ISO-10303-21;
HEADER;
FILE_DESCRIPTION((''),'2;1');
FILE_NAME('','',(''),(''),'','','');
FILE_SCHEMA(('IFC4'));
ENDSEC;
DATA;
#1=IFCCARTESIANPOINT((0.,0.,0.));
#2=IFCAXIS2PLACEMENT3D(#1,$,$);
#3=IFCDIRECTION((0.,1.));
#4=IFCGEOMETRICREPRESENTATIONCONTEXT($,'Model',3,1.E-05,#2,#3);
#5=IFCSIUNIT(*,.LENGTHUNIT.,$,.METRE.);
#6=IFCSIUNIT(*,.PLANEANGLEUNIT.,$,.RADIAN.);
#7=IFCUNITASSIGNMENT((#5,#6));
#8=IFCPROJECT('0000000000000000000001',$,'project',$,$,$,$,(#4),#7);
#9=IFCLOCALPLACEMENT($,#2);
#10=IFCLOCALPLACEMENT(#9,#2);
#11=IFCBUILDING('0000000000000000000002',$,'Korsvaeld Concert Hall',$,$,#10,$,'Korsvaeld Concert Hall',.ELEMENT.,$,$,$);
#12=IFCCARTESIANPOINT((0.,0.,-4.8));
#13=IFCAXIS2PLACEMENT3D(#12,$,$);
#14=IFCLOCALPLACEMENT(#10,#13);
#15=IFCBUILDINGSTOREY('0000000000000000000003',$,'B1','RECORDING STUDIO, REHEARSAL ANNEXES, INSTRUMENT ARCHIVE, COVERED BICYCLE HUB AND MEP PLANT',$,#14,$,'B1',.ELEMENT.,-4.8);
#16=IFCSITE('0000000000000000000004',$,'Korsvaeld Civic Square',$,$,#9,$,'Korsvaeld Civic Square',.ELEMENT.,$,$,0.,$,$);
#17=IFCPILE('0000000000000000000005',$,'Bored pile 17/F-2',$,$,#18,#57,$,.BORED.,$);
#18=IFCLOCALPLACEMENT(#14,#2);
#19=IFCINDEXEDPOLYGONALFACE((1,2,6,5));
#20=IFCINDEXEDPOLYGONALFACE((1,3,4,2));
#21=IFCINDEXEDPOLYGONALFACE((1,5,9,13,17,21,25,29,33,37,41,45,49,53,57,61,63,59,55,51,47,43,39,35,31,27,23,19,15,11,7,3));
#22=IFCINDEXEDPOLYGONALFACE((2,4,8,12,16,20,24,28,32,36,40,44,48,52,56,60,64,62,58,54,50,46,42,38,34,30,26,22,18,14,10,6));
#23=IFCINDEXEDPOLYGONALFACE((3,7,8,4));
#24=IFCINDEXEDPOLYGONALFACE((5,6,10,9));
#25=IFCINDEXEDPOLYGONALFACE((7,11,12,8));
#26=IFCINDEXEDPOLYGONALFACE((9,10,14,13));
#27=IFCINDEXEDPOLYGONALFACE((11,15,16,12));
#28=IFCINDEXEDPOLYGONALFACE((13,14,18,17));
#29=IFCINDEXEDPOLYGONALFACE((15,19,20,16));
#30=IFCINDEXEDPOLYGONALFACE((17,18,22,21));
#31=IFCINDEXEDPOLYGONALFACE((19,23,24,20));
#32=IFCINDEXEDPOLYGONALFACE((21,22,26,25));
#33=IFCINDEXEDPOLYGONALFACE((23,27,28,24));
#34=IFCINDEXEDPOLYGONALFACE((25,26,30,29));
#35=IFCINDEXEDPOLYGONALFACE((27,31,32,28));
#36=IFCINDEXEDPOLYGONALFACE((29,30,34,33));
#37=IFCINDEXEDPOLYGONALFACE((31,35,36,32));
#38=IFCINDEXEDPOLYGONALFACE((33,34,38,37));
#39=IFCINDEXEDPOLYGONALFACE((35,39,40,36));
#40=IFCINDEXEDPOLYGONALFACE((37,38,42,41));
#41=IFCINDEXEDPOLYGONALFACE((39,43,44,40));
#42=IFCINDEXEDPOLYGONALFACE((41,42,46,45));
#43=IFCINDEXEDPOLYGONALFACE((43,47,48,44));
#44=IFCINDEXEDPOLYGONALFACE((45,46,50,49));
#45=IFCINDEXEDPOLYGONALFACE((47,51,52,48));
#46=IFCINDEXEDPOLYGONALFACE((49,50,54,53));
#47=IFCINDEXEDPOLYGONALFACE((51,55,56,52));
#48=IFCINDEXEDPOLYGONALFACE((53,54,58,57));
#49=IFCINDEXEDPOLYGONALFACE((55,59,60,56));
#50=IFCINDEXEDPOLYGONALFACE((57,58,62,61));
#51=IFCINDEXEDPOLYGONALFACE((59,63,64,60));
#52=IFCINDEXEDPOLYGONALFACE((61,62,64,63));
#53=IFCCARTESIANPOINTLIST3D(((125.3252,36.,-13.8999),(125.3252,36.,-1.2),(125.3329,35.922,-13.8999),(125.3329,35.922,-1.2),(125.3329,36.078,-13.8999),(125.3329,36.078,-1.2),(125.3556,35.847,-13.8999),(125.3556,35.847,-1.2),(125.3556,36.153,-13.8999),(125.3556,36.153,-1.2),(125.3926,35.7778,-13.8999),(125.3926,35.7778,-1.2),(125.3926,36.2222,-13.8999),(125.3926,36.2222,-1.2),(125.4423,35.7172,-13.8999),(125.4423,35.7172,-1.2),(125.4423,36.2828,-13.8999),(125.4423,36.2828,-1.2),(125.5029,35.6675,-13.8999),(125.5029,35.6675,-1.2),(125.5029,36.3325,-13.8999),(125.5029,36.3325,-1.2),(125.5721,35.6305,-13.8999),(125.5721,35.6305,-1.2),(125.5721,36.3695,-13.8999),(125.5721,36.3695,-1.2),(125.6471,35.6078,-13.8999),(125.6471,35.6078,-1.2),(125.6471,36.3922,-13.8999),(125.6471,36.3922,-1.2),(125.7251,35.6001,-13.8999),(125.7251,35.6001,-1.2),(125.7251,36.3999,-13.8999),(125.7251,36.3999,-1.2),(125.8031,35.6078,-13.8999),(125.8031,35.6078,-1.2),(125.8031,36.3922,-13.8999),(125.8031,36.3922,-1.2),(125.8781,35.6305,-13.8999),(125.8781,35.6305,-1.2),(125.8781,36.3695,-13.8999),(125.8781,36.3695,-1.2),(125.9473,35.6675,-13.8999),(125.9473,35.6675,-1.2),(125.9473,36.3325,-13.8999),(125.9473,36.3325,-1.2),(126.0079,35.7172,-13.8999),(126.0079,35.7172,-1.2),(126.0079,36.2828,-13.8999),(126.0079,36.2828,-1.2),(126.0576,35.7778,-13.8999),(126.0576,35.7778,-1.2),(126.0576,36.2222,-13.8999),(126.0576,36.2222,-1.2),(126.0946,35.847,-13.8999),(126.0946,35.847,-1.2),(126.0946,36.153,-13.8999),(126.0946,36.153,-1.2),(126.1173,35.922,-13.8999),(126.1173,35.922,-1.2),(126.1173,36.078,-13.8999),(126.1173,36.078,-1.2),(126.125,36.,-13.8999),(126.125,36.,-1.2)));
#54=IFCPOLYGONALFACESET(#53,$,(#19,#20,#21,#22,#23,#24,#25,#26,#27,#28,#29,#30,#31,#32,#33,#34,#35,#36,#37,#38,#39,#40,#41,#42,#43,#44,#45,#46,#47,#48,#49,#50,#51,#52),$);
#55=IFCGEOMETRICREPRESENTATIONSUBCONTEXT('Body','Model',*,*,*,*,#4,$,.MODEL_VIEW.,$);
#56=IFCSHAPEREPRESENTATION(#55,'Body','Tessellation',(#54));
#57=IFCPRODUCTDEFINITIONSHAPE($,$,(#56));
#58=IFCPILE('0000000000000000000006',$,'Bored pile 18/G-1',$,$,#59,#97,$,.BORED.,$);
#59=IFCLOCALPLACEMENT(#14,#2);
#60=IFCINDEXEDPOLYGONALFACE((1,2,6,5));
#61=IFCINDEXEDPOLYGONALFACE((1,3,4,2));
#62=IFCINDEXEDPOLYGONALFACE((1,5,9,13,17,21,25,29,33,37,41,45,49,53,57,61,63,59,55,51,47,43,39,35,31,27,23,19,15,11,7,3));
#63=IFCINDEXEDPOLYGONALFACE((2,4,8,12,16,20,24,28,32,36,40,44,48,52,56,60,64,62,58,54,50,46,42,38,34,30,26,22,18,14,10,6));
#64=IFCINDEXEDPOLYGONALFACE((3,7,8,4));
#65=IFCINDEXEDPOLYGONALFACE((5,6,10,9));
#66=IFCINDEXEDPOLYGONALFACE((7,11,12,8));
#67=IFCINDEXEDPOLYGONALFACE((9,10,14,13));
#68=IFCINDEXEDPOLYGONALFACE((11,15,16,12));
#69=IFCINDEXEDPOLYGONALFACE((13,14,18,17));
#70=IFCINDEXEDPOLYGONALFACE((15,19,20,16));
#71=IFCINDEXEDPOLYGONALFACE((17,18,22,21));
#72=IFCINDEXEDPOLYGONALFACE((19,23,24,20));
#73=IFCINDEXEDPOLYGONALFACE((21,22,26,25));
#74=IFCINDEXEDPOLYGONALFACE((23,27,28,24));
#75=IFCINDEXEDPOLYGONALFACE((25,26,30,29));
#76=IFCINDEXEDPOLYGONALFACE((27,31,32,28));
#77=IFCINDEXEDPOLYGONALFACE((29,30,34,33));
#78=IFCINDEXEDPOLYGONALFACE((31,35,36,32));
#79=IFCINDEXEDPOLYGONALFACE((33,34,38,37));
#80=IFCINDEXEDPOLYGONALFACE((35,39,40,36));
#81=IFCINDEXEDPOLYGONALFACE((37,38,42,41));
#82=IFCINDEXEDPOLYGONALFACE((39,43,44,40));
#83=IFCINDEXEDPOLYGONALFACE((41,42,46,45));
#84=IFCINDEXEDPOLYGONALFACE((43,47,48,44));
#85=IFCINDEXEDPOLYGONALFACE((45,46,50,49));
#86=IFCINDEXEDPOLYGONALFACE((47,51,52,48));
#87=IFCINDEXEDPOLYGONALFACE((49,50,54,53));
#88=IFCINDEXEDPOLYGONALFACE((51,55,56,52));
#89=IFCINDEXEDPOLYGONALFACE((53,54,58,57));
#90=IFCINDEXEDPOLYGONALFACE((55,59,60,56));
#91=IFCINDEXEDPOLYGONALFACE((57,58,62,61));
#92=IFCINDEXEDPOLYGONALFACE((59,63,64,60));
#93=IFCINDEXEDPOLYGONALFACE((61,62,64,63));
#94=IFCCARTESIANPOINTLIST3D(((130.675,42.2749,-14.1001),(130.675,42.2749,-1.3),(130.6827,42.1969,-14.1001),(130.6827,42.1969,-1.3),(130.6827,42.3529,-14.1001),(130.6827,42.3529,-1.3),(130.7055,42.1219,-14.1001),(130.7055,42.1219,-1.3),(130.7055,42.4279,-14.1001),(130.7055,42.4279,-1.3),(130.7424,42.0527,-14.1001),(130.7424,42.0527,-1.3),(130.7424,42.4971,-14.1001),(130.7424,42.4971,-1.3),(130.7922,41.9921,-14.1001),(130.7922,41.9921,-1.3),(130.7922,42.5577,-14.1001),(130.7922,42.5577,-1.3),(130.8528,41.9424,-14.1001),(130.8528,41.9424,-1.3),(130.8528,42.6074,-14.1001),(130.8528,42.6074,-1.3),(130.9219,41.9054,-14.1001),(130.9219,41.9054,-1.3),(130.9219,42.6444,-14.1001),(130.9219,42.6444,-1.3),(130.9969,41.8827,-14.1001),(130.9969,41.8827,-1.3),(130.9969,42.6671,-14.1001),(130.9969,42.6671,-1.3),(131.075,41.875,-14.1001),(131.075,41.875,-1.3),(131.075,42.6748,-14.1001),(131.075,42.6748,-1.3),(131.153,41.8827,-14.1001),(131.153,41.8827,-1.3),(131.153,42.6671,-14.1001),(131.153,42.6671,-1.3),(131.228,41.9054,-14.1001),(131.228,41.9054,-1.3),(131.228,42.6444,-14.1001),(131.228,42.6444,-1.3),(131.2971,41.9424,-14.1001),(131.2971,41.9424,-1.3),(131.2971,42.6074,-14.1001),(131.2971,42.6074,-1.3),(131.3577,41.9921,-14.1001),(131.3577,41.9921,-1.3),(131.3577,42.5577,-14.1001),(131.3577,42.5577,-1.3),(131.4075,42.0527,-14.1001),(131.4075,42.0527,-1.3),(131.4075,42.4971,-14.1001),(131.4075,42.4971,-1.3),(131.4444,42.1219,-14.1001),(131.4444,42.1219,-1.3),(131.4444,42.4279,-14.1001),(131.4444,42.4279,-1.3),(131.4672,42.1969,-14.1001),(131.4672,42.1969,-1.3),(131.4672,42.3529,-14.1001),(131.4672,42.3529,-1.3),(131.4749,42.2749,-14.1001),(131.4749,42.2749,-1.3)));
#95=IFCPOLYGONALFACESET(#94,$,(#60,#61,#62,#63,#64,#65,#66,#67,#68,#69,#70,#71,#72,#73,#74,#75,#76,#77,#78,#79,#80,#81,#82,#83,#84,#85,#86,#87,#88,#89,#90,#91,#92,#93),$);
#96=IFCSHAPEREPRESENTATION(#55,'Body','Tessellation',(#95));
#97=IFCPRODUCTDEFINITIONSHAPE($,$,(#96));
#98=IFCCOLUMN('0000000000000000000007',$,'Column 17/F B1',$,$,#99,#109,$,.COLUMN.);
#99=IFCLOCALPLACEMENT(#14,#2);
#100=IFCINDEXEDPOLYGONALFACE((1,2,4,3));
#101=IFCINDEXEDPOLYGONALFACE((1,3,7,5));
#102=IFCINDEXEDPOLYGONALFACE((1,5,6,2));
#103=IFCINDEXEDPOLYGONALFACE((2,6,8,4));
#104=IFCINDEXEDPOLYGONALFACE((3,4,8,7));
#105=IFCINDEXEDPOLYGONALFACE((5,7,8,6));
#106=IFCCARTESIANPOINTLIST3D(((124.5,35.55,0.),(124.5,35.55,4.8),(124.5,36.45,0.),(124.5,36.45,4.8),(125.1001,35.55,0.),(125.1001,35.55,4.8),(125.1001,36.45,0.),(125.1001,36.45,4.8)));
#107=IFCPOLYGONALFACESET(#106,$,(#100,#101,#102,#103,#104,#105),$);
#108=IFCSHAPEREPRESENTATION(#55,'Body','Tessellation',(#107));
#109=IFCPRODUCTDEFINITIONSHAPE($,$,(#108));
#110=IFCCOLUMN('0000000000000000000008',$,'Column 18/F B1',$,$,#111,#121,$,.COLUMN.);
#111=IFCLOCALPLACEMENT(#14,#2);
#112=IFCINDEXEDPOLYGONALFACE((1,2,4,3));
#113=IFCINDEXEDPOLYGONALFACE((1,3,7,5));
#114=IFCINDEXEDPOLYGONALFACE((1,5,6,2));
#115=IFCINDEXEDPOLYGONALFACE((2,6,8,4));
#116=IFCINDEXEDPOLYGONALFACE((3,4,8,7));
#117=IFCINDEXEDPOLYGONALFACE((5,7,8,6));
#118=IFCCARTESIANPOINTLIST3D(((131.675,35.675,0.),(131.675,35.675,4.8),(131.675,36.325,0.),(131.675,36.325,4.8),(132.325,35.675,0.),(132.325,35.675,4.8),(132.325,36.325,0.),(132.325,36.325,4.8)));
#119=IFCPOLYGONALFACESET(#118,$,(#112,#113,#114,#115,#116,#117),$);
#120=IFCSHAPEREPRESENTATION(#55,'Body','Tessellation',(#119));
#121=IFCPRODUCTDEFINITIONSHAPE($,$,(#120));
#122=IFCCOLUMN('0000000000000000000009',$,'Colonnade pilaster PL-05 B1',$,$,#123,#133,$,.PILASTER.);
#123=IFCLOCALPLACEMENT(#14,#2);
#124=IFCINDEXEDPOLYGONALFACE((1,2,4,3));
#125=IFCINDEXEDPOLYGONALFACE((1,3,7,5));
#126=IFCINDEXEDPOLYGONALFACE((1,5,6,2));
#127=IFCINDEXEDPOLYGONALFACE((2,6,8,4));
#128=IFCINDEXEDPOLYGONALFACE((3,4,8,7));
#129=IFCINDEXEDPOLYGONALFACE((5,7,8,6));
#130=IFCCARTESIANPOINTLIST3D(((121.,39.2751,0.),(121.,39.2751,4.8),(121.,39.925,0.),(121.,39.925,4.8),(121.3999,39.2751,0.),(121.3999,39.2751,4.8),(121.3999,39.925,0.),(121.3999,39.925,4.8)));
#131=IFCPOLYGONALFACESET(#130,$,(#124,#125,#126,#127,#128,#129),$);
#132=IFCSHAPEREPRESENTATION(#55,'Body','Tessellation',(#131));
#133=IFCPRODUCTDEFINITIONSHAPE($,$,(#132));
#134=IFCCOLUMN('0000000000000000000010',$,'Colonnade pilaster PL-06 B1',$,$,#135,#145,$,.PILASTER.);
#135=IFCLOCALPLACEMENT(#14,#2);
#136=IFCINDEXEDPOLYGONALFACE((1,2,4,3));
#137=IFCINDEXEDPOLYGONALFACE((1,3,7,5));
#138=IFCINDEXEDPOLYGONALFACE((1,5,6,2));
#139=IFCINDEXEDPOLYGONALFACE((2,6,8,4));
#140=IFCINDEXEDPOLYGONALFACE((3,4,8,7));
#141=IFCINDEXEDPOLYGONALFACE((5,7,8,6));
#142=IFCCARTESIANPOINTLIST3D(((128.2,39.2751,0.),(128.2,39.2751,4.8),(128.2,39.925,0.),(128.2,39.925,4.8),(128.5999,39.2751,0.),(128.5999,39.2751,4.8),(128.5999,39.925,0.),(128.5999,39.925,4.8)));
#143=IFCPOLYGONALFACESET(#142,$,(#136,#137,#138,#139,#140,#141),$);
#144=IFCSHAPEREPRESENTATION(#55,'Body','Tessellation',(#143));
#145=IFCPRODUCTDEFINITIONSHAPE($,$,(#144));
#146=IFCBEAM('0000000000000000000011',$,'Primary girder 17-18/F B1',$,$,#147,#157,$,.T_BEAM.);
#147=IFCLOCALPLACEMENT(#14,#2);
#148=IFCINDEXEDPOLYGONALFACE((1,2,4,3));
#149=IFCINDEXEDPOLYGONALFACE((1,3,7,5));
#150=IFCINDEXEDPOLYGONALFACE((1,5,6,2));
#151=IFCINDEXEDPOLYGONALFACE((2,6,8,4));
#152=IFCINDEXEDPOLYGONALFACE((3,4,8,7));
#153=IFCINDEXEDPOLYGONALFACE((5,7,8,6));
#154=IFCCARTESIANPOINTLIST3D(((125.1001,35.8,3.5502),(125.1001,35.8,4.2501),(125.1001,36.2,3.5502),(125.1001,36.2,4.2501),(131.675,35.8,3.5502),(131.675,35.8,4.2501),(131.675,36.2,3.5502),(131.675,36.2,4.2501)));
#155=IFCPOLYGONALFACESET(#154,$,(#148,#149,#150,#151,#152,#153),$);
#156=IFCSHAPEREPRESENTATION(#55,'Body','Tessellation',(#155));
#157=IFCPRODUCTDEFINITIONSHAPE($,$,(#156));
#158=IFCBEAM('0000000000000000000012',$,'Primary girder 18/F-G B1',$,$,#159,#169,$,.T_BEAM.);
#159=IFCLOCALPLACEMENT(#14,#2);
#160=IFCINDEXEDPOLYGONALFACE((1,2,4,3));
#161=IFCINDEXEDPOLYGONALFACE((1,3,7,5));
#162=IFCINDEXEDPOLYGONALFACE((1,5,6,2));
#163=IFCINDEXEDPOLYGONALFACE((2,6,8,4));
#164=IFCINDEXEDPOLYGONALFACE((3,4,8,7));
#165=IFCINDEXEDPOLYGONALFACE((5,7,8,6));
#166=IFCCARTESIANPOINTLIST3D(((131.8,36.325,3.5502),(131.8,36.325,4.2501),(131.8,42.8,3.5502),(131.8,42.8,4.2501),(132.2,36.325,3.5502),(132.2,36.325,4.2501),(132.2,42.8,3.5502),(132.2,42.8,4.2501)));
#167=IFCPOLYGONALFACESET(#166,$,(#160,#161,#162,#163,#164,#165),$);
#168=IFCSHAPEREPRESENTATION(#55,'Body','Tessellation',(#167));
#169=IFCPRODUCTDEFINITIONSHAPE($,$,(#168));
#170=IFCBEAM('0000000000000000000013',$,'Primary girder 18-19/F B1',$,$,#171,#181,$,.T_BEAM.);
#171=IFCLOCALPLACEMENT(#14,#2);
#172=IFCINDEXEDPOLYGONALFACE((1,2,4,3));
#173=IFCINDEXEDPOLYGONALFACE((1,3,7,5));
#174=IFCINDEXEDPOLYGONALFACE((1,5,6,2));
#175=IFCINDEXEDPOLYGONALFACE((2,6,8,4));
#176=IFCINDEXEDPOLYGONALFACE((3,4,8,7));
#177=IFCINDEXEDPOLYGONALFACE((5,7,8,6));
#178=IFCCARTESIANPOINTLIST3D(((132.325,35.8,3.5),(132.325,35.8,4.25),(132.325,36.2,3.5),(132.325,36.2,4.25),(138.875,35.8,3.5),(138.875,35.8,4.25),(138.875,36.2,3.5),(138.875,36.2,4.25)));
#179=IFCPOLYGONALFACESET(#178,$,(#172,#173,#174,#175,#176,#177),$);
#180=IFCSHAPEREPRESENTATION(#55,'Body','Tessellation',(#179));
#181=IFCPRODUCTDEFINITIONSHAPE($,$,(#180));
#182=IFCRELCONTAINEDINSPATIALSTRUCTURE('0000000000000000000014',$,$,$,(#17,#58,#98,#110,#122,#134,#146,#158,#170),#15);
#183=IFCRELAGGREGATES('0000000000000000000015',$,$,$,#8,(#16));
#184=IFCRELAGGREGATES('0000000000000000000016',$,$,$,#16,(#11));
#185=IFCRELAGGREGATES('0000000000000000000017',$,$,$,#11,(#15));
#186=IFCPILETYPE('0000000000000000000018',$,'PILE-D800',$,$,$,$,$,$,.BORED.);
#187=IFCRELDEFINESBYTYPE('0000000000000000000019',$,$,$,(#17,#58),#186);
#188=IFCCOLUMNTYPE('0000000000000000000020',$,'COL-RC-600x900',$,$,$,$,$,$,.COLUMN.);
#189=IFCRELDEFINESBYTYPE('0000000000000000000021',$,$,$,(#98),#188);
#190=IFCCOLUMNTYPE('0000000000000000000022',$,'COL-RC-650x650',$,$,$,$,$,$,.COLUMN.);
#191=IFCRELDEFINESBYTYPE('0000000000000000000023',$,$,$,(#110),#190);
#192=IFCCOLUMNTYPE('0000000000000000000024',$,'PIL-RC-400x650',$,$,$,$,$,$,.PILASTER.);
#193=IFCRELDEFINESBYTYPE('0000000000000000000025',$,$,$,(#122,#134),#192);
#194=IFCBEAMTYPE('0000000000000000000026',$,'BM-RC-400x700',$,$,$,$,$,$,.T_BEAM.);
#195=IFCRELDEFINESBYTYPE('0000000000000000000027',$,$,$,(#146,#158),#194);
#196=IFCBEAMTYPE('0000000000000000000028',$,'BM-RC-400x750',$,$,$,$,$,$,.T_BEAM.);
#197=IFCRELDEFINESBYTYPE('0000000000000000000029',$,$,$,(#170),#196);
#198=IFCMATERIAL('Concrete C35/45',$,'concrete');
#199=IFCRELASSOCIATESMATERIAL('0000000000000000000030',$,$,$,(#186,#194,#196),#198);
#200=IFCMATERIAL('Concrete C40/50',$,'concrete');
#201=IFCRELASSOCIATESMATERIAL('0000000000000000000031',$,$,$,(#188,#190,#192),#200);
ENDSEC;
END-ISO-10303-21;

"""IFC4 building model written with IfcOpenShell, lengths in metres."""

from ifc_helpers import new_model, si_unit, direction, frame, origin, origin_2d, place, context, subcontext, project, spatial, rectangle, circle, extrude, material, material_profile, profile_set, type_object, element, save


model = new_model("IFC4")

# Units and contexts
model_context = context("Model", 3, precision=1e-05, world=origin(), true_north=direction((0.0, 1.0)))
body_context = subcontext(model_context, "Body", "Model", "MODEL_VIEW")
ifc_project = project(units=[si_unit("LENGTHUNIT", "METRE"), si_unit("PLANEANGLEUNIT", "RADIAN")], contexts=[model_context])

# Site, building, storey
site_placement = place(None, origin())
site = spatial("IfcSite", under=ifc_project, at=site_placement, Name="Korsvaeld Civic Square", LongName="Korsvaeld Civic Square", CompositionType="ELEMENT", RefElevation=0.0)
building_placement = place(site_placement, origin())
building = spatial("IfcBuilding", under=site, at=building_placement, Name="Korsvaeld Concert Hall", LongName="Korsvaeld Concert Hall", CompositionType="ELEMENT")
storey_placement = place(building_placement, frame((0.0, 0.0, -4.8)))
storey = spatial("IfcBuildingStorey", under=building, at=storey_placement, Name="B1", Description="RECORDING STUDIO, REHEARSAL ANNEXES, INSTRUMENT ARCHIVE, COVERED BICYCLE HUB AND MEP PLANT", LongName="B1", CompositionType="ELEMENT", Elevation=-4.8)

# Shared definitions
ifc_material_1 = material(Name="Concrete C35/45", Category="concrete")

# Piles
ifc_material_profile_1 = material_profile(ifc_material_1, circle(Radius=0.3999, at=origin_2d()), Name="BORED PILE D800")
ifc_profile_set_1 = profile_set([ifc_material_profile_1], Name="Concrete C35/45")
pile_type_1 = type_object("IfcPileType", Name="PILE-D800", PredefinedType="BORED", material=ifc_profile_set_1)
for number, where, z_axis, x_axis, name in (
    (1, (125.7251, 36.0, -1.2), (0.0, 0.0, -1.0), (1.0, 0.0, 0.0), "Bored pile 17/F-2"),
):
    element("IfcPile", number, at=place(storey_placement, frame(where, z_axis=z_axis, x_axis=x_axis)), inside=storey, type_object=pile_type_1, Name=name, PredefinedType="BORED", context=body_context, shape_type="SweptSolid", body=[
        extrude(circle(Radius=0.3999, at=origin_2d()), origin(), (0.0, 0.0, 1.0), 12.7),
    ])
pile_1_placement = place(storey_placement, frame((131.075, 42.2749, -1.3), z_axis=(0.0, 0.0, -1.0), x_axis=(1.0, 0.0, 0.0)))
element("IfcPile", 2, at=pile_1_placement, inside=storey, type_object=pile_type_1, Name="Bored pile 18/G-1", PredefinedType="BORED", context=body_context, shape_type="SweptSolid", body=[
    extrude(circle(Radius=0.3999, at=origin_2d()), origin(), (0.0, 0.0, 1.0), 12.8),
])

# Columns
ifc_material_2 = material(Name="Concrete C40/50", Category="concrete")
ifc_material_profile_2 = material_profile(ifc_material_2, rectangle(XDim=0.6001, YDim=0.8999, at=origin_2d()), Name="RC 600x900")
ifc_profile_set_2 = profile_set([ifc_material_profile_2], Name="Concrete C40/50")
column_type_1 = type_object("IfcColumnType", Name="COL-RC-600x900", PredefinedType="COLUMN", material=ifc_profile_set_2)
column_1_placement = place(storey_placement, frame((124.8, 36.0, 0.0), z_axis=(0.0, 0.0, 1.0), x_axis=(1.0, 0.0, 0.0)))
element("IfcColumn", 3, at=column_1_placement, inside=storey, type_object=column_type_1, Name="Column 17/F B1", PredefinedType="COLUMN", context=body_context, shape_type="SweptSolid", body=[
    extrude(rectangle(XDim=0.6001, YDim=0.8999, at=origin_2d()), origin(), (0.0, 0.0, 1.0), 4.8),
])
ifc_material_profile_3 = material_profile(ifc_material_2, rectangle(XDim=0.6499, YDim=0.6499, at=origin_2d()), Name="RC 650x650")
ifc_profile_set_3 = profile_set([ifc_material_profile_3], Name="Concrete C40/50")
column_type_2 = type_object("IfcColumnType", Name="COL-RC-650x650", PredefinedType="COLUMN", material=ifc_profile_set_3)
column_2_placement = place(storey_placement, frame((132.0, 36.0, 0.0), z_axis=(0.0, 0.0, 1.0), x_axis=(1.0, 0.0, 0.0)))
element("IfcColumn", 4, at=column_2_placement, inside=storey, type_object=column_type_2, Name="Column 18/F B1", PredefinedType="COLUMN", context=body_context, shape_type="SweptSolid", body=[
    extrude(rectangle(XDim=0.6499, YDim=0.6499, at=origin_2d()), origin(), (0.0, 0.0, 1.0), 4.8),
])
ifc_material_profile_4 = material_profile(ifc_material_2, rectangle(XDim=0.3999, YDim=0.6499, at=origin_2d()), Name="RC 400x650")
ifc_profile_set_4 = profile_set([ifc_material_profile_4], Name="Concrete C40/50")
column_type_3 = type_object("IfcColumnType", Name="PIL-RC-400x650", PredefinedType="PILASTER", material=ifc_profile_set_4)
for number, where, z_axis, x_axis, name in (
    (5, (121.2, 39.6001, 0.0), (0.0, 0.0, 1.0), (1.0, 0.0, 0.0), "Colonnade pilaster PL-05 B1"),
    (6, (128.3999, 39.6001, 0.0), (0.0, 0.0, 1.0), (1.0, 0.0, 0.0), "Colonnade pilaster PL-06 B1"),
):
    element("IfcColumn", number, at=place(storey_placement, frame(where, z_axis=z_axis, x_axis=x_axis)), inside=storey, type_object=column_type_3, Name=name, PredefinedType="PILASTER", context=body_context, shape_type="SweptSolid", body=[
        extrude(rectangle(XDim=0.3999, YDim=0.6499, at=origin_2d()), origin(), (0.0, 0.0, 1.0), 4.8),
    ])

# Beams
ifc_material_profile_5 = material_profile(ifc_material_1, rectangle(XDim=0.3999, YDim=0.7, at=origin_2d()), Name="RC 400x700")
ifc_profile_set_5 = profile_set([ifc_material_profile_5], Name="Concrete C35/45")
beam_type_1 = type_object("IfcBeamType", Name="BM-RC-400x700", PredefinedType="T_BEAM", material=ifc_profile_set_5)
beam_1_placement = place(storey_placement, frame((125.1001, 36.0, 3.9001), z_axis=(1.0, 0.0, 0.0), x_axis=(0.0, 1.0, 0.0)))
element("IfcBeam", 7, at=beam_1_placement, inside=storey, type_object=beam_type_1, Name="Primary girder 17-18/F B1", PredefinedType="T_BEAM", context=body_context, shape_type="SweptSolid", body=[
    extrude(rectangle(XDim=0.3999, YDim=0.7, at=origin_2d()), origin(), (0.0, 0.0, 1.0), 6.575),
])
beam_2_placement = place(storey_placement, frame((132.0, 36.325, 3.9001), z_axis=(0.0, 1.0, 0.0), x_axis=(-1.0, 0.0, 0.0)))
element("IfcBeam", 8, at=beam_2_placement, inside=storey, type_object=beam_type_1, Name="Primary girder 18/F-G B1", PredefinedType="T_BEAM", context=body_context, shape_type="SweptSolid", body=[
    extrude(rectangle(XDim=0.3999, YDim=0.7, at=origin_2d()), origin(), (0.0, 0.0, 1.0), 6.4751),
])
ifc_material_profile_6 = material_profile(ifc_material_1, rectangle(XDim=0.3999, YDim=0.75, at=origin_2d()), Name="RC 400x750")
ifc_profile_set_6 = profile_set([ifc_material_profile_6], Name="Concrete C35/45")
beam_type_2 = type_object("IfcBeamType", Name="BM-RC-400x750", PredefinedType="T_BEAM", material=ifc_profile_set_6)
beam_3_placement = place(storey_placement, frame((132.325, 36.0, 3.875), z_axis=(1.0, 0.0, 0.0), x_axis=(0.0, 1.0, 0.0)))
element("IfcBeam", 9, at=beam_3_placement, inside=storey, type_object=beam_type_2, Name="Primary girder 18-19/F B1", PredefinedType="T_BEAM", context=body_context, shape_type="SweptSolid", body=[
    extrude(rectangle(XDim=0.3999, YDim=0.75, at=origin_2d()), origin(), (0.0, 0.0, 1.0), 6.55),
])

save(model, "model.ifc")
